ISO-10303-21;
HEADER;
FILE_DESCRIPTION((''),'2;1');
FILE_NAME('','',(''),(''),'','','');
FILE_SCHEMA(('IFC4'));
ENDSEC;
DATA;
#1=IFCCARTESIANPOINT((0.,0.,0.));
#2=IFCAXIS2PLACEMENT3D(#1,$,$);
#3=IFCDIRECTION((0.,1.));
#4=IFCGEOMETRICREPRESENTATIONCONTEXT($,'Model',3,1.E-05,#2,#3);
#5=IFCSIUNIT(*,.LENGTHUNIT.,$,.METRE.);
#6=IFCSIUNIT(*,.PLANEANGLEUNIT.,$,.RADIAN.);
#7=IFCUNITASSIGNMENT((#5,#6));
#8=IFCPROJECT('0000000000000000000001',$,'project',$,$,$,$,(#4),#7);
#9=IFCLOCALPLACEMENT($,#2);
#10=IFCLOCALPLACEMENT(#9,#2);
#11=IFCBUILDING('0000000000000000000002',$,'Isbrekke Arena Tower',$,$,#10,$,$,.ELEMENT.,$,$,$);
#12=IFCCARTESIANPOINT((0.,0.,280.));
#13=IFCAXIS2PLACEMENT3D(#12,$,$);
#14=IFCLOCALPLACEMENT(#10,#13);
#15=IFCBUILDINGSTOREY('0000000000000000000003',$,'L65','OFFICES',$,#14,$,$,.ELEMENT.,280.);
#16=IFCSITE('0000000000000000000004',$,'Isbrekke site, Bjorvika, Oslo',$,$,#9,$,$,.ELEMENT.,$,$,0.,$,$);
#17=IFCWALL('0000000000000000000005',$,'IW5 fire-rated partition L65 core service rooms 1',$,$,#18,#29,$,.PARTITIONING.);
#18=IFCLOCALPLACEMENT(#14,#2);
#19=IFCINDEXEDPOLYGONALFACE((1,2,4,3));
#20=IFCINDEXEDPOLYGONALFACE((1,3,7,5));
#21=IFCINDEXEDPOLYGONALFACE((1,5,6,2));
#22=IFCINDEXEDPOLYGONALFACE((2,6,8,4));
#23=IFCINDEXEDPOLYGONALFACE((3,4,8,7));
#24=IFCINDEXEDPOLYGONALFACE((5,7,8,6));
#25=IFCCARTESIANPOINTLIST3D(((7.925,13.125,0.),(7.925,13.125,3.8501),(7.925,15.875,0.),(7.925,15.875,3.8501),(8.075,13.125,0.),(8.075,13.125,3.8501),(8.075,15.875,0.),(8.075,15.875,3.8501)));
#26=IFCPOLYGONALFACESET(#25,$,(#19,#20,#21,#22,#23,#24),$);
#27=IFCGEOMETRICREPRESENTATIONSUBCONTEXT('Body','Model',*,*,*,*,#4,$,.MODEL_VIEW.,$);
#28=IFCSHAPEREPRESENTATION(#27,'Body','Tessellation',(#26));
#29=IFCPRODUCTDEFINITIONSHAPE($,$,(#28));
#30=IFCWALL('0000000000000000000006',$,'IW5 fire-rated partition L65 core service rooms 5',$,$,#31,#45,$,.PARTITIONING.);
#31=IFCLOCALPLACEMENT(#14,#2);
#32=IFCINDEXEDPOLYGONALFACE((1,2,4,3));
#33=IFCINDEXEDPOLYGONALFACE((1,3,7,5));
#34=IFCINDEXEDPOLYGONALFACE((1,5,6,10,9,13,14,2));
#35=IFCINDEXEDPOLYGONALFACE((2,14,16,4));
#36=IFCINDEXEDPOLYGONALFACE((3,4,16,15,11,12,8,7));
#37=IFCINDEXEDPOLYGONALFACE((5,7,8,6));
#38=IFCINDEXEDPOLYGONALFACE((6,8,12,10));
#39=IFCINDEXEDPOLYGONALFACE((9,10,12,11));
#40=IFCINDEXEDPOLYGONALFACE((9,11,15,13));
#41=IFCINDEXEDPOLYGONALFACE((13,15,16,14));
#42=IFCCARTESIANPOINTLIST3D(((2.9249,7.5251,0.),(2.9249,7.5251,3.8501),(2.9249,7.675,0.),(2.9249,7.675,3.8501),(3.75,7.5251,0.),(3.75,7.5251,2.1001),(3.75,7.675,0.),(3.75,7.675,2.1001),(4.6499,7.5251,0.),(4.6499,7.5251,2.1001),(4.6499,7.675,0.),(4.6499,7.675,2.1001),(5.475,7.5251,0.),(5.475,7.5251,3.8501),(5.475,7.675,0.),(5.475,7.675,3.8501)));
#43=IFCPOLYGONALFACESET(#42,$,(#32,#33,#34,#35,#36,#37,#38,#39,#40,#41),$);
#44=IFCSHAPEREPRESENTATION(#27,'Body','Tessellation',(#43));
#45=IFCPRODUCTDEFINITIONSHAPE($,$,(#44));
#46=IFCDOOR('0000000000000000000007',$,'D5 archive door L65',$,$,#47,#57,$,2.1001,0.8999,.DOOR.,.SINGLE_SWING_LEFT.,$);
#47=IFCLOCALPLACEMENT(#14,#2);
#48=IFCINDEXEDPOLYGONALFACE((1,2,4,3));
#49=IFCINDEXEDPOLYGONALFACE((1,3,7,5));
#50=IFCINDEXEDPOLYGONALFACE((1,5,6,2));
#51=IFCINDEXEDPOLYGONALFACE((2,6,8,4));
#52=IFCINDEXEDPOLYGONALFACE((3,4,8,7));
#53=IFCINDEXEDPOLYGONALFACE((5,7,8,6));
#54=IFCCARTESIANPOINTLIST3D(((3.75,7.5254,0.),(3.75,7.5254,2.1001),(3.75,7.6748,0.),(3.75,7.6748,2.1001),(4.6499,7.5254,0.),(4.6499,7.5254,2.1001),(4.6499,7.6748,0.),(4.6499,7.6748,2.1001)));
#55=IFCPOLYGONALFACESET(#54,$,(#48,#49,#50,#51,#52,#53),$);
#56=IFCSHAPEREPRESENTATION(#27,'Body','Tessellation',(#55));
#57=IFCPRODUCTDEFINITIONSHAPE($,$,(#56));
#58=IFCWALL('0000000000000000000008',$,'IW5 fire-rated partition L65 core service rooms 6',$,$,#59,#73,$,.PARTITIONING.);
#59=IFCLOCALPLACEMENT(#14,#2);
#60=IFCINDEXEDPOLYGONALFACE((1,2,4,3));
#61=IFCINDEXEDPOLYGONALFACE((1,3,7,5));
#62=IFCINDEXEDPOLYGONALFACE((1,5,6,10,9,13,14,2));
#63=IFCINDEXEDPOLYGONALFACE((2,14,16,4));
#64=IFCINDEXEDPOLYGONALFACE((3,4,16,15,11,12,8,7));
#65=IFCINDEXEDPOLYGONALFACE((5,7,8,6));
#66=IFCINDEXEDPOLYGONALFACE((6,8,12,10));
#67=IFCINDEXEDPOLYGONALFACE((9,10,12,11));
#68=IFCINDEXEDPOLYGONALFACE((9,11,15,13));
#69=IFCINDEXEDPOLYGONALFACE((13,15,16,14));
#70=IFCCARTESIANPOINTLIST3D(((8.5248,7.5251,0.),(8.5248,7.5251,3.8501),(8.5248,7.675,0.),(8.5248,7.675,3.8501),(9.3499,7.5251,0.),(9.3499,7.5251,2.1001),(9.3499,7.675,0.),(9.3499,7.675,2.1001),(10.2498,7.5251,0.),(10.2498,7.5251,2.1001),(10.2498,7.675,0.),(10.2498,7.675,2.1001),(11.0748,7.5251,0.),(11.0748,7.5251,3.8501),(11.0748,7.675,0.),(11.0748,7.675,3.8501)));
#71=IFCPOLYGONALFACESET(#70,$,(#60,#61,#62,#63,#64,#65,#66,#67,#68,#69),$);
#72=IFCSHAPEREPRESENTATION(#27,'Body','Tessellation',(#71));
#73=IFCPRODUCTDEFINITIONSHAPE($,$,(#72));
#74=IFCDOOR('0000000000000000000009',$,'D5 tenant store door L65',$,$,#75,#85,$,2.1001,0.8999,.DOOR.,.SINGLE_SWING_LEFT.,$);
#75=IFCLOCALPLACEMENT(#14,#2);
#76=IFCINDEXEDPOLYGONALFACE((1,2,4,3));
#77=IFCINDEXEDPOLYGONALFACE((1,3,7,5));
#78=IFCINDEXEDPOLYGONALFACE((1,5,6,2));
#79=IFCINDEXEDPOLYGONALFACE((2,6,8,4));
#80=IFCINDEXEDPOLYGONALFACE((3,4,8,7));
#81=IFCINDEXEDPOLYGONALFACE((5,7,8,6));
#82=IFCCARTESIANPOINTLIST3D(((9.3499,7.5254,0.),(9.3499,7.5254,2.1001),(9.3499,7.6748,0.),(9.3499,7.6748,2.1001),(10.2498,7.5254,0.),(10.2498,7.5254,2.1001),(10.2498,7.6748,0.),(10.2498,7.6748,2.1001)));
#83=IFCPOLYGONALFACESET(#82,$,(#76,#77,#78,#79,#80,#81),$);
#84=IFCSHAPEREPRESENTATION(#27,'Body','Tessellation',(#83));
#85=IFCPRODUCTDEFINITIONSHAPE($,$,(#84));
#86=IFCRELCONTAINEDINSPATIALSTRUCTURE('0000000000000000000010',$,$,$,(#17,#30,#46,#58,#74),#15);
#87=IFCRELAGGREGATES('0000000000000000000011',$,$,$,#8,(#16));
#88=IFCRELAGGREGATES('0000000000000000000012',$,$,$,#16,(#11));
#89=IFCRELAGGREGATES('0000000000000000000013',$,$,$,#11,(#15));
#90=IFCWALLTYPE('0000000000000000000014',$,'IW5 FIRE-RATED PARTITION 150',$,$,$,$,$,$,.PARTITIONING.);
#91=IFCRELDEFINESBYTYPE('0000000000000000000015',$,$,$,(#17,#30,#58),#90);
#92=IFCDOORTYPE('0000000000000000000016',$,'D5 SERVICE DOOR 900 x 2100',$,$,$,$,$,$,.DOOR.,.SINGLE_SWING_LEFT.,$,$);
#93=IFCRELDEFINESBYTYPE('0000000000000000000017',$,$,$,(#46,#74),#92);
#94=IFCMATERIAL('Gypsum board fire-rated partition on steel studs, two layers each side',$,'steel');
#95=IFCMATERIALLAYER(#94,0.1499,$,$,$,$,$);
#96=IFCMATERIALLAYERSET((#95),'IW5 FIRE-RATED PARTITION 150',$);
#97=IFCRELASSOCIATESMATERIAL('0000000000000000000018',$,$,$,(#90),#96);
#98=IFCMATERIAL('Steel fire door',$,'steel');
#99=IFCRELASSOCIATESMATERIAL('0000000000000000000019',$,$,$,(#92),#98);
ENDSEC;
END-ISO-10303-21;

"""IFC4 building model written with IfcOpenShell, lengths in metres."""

from ifc_helpers import new_model, si_unit, direction, frame, frame_2d, origin, place, context, subcontext, project, spatial, rectangle, extrude, material, layer, layer_set, type_object, element, fill, save


model = new_model("IFC4")

# Units and contexts
model_context = context("Model", 3, precision=1e-05, world=origin(), true_north=direction((0.0, 1.0)))
body_context = subcontext(model_context, "Body", "Model", "MODEL_VIEW")
ifc_project = project(units=[si_unit("LENGTHUNIT", "METRE"), si_unit("PLANEANGLEUNIT", "RADIAN")], contexts=[model_context])

# Site, building, storey
site_placement = place(None, origin())
site = spatial("IfcSite", under=ifc_project, at=site_placement, Name="Isbrekke site, Bjorvika, Oslo", CompositionType="ELEMENT", RefElevation=0.0)
building_placement = place(site_placement, origin())
building = spatial("IfcBuilding", under=site, at=building_placement, Name="Isbrekke Arena Tower", CompositionType="ELEMENT")
storey_placement = place(building_placement, frame((0.0, 0.0, 280.0)))
storey = spatial("IfcBuildingStorey", under=building, at=storey_placement, Name="L65", Description="OFFICES", CompositionType="ELEMENT", Elevation=280.0)

# Wall
ifc_material_1 = material(Name="Gypsum board fire-rated partition on steel studs, two layers each side", Category="steel")
ifc_layer_1 = layer(ifc_material_1, 0.1499)
ifc_layer_set_1 = layer_set([ifc_layer_1], Name="IW5 FIRE-RATED PARTITION 150")
wall_type_1 = type_object("IfcWallType", Name="IW5 FIRE-RATED PARTITION 150", PredefinedType="PARTITIONING", material=ifc_layer_set_1)
wall_1_placement = place(storey_placement, frame((8.0, 13.125, 0.0), z_axis=(0.0, 0.0, 1.0), x_axis=(0.0, 1.0, 0.0)))
element("IfcWall", 1, at=wall_1_placement, inside=storey, type_object=wall_type_1, Name="IW5 fire-rated partition L65 core service rooms 1", PredefinedType="PARTITIONING", context=body_context, shape_type="SweptSolid", body=[
    extrude(rectangle(XDim=2.75, YDim=0.1499, at=frame_2d((1.375, 0.0))), origin(), (0.0, 0.0, 1.0), 3.8501),
])

# Walls, openings, doors
wall_2_placement = place(storey_placement, frame((2.925, 7.6001, 0.0), z_axis=(0.0, 0.0, 1.0), x_axis=(1.0, 0.0, 0.0)))
wall_2 = element("IfcWall", 2, at=wall_2_placement, inside=storey, type_object=wall_type_1, Name="IW5 fire-rated partition L65 core service rooms 5", PredefinedType="PARTITIONING", context=body_context, shape_type="SweptSolid", body=[
    extrude(rectangle(XDim=2.55, YDim=0.1499, at=frame_2d((1.2749, 0.0))), origin(), (0.0, 0.0, 1.0), 3.8501),
])
opening_1_placement = place(wall_2_placement, frame((0.825, 0.0, 0.0)))
opening_1 = element("IfcOpeningElement", 3, at=opening_1_placement, cuts=wall_2, PredefinedType="OPENING", context=body_context, shape_type="SweptSolid", body=[
    extrude(rectangle(XDim=0.8999, YDim=2.1001, at=frame_2d((0.45, 1.05))), frame((0.0, 0.0898, 0.0), z_axis=(0.0, -1.0, 0.0), x_axis=(1.0, 0.0, 0.0)), (0.0, 0.0, 1.0), 0.1797),
])
ifc_material_2 = material(Name="Steel fire door", Category="steel")
door_type_1 = type_object("IfcDoorType", Name="D5 SERVICE DOOR 900 x 2100", OperationType="SINGLE_SWING_LEFT", PredefinedType="DOOR", material=ifc_material_2)
door_1_placement = place(opening_1_placement, origin())
door_1 = element("IfcDoor", 4, at=door_1_placement, inside=storey, type_object=door_type_1, Name="D5 archive door L65", OperationType="SINGLE_SWING_LEFT", OverallHeight=2.1001, OverallWidth=0.8999, PredefinedType="DOOR", context=body_context, shape_type="SweptSolid", body=[
    extrude(rectangle(XDim=0.8999, YDim=2.1001, at=frame_2d((0.45, 1.05))), frame((0.0, 0.0747, 0.0), z_axis=(0.0, -1.0, 0.0), x_axis=(1.0, 0.0, 0.0)), (0.0, 0.0, 1.0), 0.1494),
])
fill(opening_1, door_1)
wall_3_placement = place(storey_placement, frame((8.5249, 7.6001, 0.0), z_axis=(0.0, 0.0, 1.0), x_axis=(1.0, 0.0, 0.0)))
wall_3 = element("IfcWall", 5, at=wall_3_placement, inside=storey, type_object=wall_type_1, Name="IW5 fire-rated partition L65 core service rooms 6", PredefinedType="PARTITIONING", context=body_context, shape_type="SweptSolid", body=[
    extrude(rectangle(XDim=2.55, YDim=0.1499, at=frame_2d((1.2749, 0.0))), origin(), (0.0, 0.0, 1.0), 3.8501),
])
opening_2_placement = place(wall_3_placement, frame((0.825, 0.0, 0.0)))
opening_2 = element("IfcOpeningElement", 6, at=opening_2_placement, cuts=wall_3, PredefinedType="OPENING", context=body_context, shape_type="SweptSolid", body=[
    extrude(rectangle(XDim=0.8999, YDim=2.1001, at=frame_2d((0.45, 1.05))), frame((0.0, 0.0898, 0.0), z_axis=(0.0, -1.0, 0.0), x_axis=(1.0, 0.0, 0.0)), (0.0, 0.0, 1.0), 0.1797),
])
door_2_placement = place(opening_2_placement, origin())
door_2 = element("IfcDoor", 7, at=door_2_placement, inside=storey, type_object=door_type_1, Name="D5 tenant store door L65", OperationType="SINGLE_SWING_LEFT", OverallHeight=2.1001, OverallWidth=0.8999, PredefinedType="DOOR", context=body_context, shape_type="SweptSolid", body=[
    extrude(rectangle(XDim=0.8999, YDim=2.1001, at=frame_2d((0.45, 1.05))), frame((0.0, 0.0747, 0.0), z_axis=(0.0, -1.0, 0.0), x_axis=(1.0, 0.0, 0.0)), (0.0, 0.0, 1.0), 0.1494),
])
fill(opening_2, door_2)

save(model, "model.ifc")
